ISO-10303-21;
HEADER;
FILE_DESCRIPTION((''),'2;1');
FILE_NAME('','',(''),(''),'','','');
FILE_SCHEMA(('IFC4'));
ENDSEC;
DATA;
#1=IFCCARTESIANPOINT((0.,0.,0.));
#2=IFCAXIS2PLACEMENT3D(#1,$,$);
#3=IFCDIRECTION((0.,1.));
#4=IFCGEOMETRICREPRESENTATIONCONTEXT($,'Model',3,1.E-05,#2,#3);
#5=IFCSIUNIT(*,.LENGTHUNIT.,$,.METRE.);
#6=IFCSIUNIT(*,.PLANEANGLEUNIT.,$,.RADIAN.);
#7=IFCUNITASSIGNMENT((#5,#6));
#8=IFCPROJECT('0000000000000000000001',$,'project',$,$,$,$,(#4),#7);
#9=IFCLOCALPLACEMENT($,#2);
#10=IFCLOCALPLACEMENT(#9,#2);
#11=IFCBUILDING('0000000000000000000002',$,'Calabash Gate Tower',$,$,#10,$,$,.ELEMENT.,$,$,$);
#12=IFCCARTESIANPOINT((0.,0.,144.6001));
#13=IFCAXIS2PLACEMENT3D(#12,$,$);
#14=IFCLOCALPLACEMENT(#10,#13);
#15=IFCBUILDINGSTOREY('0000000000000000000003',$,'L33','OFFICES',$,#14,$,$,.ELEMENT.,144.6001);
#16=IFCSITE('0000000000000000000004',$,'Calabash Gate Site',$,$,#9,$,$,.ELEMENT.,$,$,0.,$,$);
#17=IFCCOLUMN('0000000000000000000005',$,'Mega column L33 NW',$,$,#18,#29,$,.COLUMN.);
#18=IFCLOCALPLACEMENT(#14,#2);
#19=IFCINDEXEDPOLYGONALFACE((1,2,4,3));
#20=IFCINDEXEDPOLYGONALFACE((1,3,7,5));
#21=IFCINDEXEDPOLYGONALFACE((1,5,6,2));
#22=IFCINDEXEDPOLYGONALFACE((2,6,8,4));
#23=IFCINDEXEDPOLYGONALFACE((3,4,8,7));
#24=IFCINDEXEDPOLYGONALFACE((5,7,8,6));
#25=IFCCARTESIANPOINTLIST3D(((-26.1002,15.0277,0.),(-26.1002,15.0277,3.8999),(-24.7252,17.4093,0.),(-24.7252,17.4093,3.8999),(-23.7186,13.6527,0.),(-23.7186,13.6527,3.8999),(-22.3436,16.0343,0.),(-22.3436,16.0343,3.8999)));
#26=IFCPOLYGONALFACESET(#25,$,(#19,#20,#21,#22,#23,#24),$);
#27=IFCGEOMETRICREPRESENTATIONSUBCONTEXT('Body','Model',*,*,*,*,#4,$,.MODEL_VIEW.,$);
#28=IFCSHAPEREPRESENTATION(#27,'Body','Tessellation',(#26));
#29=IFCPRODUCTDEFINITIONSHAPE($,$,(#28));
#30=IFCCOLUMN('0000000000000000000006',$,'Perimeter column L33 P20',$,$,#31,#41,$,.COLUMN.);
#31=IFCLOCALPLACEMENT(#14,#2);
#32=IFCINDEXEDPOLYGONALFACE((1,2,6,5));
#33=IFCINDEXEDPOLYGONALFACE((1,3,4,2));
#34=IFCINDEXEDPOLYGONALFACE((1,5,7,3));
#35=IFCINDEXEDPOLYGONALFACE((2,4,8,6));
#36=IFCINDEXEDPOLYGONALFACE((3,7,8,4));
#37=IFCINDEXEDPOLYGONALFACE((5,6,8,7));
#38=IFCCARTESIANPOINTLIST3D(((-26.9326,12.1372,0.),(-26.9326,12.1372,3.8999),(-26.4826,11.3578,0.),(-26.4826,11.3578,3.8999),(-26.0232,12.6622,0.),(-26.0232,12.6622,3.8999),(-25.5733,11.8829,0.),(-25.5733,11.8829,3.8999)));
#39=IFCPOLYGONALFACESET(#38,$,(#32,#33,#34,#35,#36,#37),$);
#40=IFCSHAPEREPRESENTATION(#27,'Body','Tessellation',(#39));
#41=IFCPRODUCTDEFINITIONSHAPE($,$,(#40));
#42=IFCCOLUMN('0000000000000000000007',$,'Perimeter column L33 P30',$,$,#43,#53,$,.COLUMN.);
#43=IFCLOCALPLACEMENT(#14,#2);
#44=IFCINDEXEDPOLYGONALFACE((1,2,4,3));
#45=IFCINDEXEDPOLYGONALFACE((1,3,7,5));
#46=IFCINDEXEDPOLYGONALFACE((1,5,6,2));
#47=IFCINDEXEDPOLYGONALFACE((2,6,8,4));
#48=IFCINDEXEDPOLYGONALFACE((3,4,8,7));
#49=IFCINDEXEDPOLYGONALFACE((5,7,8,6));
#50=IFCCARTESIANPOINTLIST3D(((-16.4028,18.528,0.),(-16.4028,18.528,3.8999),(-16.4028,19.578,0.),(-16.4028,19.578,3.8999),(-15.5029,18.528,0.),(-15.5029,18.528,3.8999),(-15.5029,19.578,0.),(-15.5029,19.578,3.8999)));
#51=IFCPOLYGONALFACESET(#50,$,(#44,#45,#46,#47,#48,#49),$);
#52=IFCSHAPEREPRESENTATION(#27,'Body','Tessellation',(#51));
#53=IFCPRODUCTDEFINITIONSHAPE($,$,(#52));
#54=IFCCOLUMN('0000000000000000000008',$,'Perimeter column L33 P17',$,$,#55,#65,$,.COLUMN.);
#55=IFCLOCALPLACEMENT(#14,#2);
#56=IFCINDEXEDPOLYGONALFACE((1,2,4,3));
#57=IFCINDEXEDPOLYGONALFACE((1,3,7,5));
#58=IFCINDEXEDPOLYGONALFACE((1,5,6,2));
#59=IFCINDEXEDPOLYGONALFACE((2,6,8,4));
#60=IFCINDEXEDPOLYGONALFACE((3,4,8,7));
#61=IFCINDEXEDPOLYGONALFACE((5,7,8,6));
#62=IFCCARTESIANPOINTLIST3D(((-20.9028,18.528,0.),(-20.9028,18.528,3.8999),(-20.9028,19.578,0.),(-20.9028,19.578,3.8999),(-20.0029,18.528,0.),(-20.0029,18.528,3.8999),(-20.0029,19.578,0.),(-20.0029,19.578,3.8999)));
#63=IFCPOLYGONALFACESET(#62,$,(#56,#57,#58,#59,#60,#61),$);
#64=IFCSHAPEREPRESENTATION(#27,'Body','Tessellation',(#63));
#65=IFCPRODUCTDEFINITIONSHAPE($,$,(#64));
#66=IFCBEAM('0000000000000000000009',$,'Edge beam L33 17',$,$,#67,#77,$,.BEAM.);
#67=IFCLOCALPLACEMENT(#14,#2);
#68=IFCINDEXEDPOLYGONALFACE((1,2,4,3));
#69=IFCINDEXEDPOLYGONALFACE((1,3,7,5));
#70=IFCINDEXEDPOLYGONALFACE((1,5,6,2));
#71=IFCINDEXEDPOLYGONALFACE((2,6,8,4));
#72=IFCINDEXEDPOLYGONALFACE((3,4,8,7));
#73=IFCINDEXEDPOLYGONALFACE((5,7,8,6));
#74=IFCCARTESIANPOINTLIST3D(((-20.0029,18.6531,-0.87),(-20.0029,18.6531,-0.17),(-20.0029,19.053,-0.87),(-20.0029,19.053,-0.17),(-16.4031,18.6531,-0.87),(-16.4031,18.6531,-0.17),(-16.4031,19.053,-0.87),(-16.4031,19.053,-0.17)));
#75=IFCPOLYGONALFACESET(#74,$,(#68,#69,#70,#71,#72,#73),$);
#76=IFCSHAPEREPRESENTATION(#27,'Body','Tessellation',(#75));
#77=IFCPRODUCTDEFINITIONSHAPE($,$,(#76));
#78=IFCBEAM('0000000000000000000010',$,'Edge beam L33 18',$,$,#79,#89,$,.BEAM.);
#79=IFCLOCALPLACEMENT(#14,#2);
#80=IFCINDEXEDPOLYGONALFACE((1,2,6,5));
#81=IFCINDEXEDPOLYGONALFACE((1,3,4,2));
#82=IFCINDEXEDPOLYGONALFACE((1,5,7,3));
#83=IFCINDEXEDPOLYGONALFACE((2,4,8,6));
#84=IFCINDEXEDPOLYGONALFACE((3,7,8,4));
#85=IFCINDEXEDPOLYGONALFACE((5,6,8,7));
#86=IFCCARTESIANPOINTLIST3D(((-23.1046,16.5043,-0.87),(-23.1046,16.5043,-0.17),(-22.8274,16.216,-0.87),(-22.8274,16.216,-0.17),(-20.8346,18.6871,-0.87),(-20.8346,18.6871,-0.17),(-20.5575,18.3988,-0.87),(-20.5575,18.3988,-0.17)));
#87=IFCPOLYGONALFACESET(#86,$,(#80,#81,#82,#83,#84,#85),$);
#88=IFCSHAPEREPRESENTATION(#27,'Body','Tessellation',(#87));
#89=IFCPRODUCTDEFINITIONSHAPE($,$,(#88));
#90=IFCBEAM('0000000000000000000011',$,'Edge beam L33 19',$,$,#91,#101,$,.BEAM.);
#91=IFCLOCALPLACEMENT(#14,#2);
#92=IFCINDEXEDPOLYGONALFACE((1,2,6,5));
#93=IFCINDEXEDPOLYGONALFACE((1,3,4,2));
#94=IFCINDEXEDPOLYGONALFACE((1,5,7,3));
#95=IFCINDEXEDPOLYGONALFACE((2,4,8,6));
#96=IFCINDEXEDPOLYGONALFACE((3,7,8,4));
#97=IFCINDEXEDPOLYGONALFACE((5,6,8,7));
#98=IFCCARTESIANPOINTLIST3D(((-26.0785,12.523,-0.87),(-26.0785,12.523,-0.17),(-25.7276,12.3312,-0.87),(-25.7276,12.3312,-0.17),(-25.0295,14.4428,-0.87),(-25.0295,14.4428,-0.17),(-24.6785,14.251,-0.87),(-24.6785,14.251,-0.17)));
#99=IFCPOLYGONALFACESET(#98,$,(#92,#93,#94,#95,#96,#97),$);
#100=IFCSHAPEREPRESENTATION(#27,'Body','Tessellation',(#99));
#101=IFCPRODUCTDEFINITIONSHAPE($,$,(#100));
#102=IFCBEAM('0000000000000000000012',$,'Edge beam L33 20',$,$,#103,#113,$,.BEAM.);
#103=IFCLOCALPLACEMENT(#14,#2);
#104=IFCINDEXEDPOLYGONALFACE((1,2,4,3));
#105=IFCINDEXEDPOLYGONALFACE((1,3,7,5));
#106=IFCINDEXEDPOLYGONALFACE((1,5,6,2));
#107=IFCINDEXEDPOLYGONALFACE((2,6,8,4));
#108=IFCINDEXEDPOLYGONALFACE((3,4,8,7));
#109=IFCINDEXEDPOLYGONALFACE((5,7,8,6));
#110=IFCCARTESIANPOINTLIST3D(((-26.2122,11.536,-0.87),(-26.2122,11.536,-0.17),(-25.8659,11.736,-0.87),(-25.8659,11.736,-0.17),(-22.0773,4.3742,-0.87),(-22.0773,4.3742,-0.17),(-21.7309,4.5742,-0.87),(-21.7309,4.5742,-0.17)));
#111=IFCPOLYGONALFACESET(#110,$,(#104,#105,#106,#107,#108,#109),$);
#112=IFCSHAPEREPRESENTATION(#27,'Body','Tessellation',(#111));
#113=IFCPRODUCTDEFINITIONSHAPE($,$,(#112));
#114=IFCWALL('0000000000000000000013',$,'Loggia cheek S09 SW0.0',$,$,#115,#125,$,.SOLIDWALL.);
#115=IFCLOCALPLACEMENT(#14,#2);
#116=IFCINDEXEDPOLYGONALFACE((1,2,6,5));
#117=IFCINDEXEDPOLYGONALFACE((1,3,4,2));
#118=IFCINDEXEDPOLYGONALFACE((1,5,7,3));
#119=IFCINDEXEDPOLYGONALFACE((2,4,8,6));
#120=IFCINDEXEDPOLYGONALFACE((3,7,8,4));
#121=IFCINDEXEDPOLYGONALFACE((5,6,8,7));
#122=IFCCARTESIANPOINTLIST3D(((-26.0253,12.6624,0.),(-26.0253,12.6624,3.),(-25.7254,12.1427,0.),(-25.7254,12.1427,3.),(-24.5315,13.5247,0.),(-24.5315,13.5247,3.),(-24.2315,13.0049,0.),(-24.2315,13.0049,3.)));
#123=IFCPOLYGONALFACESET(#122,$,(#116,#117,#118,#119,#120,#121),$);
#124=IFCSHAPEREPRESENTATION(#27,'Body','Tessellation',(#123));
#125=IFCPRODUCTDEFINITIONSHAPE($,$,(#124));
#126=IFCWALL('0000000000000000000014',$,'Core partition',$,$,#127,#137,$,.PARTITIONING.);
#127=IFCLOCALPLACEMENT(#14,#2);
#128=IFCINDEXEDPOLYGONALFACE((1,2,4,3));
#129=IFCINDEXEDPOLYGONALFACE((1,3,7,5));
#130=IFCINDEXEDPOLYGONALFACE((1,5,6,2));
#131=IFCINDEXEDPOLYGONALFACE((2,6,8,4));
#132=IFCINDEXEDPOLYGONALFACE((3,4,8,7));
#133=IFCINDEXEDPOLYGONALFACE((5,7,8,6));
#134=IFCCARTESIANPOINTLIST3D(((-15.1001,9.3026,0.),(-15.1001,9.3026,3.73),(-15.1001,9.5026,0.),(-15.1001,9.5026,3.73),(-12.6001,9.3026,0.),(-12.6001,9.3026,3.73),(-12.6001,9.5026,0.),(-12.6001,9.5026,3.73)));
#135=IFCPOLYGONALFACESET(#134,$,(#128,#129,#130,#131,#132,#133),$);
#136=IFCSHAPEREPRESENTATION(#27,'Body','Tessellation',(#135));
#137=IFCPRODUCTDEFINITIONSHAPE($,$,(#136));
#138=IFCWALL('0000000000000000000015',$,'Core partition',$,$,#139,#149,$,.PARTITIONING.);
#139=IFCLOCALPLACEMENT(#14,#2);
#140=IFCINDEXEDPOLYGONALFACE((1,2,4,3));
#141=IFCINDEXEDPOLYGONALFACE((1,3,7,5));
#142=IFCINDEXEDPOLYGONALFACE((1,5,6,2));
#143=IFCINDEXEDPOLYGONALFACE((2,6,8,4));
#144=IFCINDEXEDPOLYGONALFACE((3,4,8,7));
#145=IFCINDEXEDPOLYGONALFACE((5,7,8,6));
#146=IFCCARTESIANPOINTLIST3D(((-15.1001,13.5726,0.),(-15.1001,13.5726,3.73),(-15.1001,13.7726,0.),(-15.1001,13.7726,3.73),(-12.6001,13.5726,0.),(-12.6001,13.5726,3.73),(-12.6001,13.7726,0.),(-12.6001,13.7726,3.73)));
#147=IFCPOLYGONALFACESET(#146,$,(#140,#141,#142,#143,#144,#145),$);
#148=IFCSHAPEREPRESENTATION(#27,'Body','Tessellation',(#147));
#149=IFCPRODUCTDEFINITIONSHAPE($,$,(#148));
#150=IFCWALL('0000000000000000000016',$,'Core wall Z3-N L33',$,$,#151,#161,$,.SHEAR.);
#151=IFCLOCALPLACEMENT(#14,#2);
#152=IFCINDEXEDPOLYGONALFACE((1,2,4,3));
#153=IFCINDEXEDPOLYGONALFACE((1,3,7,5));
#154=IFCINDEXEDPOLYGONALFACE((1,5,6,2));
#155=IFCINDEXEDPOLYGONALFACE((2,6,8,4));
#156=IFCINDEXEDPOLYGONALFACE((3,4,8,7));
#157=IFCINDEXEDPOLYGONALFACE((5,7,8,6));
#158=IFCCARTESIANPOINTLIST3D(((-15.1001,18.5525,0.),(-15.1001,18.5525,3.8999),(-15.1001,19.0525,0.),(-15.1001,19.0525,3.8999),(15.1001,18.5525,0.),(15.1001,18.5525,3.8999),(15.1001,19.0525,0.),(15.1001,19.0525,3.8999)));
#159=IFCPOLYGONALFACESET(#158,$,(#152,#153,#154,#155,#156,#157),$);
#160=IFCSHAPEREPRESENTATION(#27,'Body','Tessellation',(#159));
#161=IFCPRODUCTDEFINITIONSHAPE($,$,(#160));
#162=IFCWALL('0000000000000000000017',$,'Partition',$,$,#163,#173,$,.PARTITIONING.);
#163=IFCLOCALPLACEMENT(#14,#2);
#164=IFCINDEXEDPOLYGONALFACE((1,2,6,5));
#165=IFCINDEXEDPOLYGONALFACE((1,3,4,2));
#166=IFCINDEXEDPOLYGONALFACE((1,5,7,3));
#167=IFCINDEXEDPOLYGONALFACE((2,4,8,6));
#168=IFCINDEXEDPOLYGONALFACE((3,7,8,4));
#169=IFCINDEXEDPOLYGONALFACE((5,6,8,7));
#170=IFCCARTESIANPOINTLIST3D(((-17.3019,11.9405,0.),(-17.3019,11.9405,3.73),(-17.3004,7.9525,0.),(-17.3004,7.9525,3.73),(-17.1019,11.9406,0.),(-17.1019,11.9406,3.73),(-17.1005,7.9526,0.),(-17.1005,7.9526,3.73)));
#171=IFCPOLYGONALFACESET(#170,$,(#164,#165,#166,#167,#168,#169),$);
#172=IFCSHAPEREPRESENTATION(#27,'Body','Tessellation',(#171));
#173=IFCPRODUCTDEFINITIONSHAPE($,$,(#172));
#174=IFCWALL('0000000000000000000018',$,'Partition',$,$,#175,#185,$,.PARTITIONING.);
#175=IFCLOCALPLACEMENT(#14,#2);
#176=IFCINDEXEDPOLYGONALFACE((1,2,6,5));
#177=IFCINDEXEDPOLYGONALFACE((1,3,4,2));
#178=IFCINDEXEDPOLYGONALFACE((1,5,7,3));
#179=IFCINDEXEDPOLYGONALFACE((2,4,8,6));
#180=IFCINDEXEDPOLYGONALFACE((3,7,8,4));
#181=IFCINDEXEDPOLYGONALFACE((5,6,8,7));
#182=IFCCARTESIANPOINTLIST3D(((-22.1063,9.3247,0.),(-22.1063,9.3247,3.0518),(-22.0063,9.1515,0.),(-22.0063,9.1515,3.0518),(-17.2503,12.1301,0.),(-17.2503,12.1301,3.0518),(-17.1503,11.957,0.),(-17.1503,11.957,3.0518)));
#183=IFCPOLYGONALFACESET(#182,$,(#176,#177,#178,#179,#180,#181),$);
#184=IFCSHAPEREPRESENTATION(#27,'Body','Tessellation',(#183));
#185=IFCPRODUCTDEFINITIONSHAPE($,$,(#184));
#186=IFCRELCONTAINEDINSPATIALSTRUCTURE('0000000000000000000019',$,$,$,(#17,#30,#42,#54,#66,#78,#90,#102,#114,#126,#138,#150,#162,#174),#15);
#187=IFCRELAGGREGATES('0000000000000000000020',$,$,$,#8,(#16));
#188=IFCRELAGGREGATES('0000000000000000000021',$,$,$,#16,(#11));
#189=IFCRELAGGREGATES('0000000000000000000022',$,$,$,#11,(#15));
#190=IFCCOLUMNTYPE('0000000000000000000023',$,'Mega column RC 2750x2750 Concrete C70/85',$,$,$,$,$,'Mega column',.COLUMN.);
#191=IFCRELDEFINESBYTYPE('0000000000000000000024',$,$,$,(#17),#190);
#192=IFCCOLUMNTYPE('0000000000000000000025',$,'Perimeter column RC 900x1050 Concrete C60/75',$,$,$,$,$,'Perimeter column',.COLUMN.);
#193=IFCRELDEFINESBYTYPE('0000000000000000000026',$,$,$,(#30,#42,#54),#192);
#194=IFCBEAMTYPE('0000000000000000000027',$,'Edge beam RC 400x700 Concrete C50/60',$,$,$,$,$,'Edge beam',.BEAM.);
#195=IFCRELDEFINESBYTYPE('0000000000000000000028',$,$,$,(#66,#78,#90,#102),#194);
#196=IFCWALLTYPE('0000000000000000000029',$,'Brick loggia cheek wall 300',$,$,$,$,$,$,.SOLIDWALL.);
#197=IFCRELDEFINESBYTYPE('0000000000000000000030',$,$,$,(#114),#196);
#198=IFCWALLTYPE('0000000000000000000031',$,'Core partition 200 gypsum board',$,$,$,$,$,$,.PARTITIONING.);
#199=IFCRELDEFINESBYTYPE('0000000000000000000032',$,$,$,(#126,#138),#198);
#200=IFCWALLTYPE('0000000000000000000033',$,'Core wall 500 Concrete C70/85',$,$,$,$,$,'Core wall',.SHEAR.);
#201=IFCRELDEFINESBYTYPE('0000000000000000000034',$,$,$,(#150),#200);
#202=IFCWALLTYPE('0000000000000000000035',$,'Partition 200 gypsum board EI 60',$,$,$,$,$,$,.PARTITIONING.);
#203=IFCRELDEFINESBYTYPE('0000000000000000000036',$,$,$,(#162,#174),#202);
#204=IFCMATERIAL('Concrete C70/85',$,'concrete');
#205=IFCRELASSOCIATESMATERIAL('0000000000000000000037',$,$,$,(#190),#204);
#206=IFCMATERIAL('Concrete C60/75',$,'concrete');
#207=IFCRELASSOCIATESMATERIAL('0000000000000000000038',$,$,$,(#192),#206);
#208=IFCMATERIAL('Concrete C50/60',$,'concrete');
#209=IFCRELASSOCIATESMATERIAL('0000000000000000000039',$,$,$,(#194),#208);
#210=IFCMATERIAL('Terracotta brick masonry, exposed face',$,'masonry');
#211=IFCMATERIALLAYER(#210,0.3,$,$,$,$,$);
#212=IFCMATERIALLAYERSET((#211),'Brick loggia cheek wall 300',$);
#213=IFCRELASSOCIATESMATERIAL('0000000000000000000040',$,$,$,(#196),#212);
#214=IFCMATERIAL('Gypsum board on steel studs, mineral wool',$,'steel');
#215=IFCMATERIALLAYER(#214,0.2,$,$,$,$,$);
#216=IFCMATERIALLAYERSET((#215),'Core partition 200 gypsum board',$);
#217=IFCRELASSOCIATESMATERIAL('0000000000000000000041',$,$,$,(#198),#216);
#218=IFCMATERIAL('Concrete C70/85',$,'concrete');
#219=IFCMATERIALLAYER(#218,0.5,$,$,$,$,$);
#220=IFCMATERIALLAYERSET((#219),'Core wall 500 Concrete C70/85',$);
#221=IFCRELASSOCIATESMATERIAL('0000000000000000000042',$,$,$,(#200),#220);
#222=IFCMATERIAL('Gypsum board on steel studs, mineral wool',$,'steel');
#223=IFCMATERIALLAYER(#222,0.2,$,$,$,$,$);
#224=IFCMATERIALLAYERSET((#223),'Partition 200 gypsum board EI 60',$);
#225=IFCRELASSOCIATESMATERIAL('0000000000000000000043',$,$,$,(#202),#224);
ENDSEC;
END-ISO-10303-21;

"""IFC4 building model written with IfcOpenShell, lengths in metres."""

from ifc_helpers import new_model, si_unit, direction, frame, frame_2d, origin, origin_2d, place, context, subcontext, project, spatial, rectangle, extrude, material, layer, layer_set, material_profile, profile_set, type_object, element, save


model = new_model("IFC4")

# Units and contexts
model_context = context("Model", 3, precision=1e-05, world=origin(), true_north=direction((0.0, 1.0)))
body_context = subcontext(model_context, "Body", "Model", "MODEL_VIEW")
ifc_project = project(units=[si_unit("LENGTHUNIT", "METRE"), si_unit("PLANEANGLEUNIT", "RADIAN")], contexts=[model_context])

# Site, building, storey
site_placement = place(None, origin())
site = spatial("IfcSite", under=ifc_project, at=site_placement, Name="Calabash Gate Site", CompositionType="ELEMENT", RefElevation=0.0)
building_placement = place(site_placement, origin())
building = spatial("IfcBuilding", under=site, at=building_placement, Name="Calabash Gate Tower", CompositionType="ELEMENT")
storey_placement = place(building_placement, frame((0.0, 0.0, 144.6001)))
storey = spatial("IfcBuildingStorey", under=building, at=storey_placement, Name="L33", Description="OFFICES", CompositionType="ELEMENT", Elevation=144.6001)

# Columns
ifc_material_1 = material(Name="Concrete C70/85", Category="concrete")
ifc_material_profile_1 = material_profile(ifc_material_1, rectangle(XDim=2.75, YDim=2.75, at=origin_2d()))
ifc_profile_set_1 = profile_set([ifc_material_profile_1], Name="Concrete C70/85")
column_type_1 = type_object("IfcColumnType", Name="Mega column RC 2750x2750 Concrete C70/85", ElementType="Mega column", PredefinedType="COLUMN", material=ifc_profile_set_1)
column_placement = place(storey_placement, frame((-24.2219, 15.531, 0.0), z_axis=(0.0, 0.0, 1.0), x_axis=(0.866025, -0.5, 0.0)))
element("IfcColumn", 1, at=column_placement, inside=storey, type_object=column_type_1, Name="Mega column L33 NW", PredefinedType="COLUMN", context=body_context, shape_type="SweptSolid", body=[
    extrude(rectangle(XDim=2.75, YDim=2.75, at=origin_2d()), origin(), (0.0, 0.0, 1.0), 3.8999),
])
ifc_material_2 = material(Name="Concrete C60/75", Category="concrete")
ifc_material_profile_2 = material_profile(ifc_material_2, rectangle(XDim=0.8999, YDim=1.05, at=origin_2d()))
ifc_profile_set_2 = profile_set([ifc_material_profile_2], Name="Concrete C60/75")
column_type_2 = type_object("IfcColumnType", Name="Perimeter column RC 900x1050 Concrete C60/75", ElementType="Perimeter column", PredefinedType="COLUMN", material=ifc_profile_set_2)
for number, where, z_axis, x_axis, name in (
    (2, (-26.2529, 12.01, 0.0), (0.0, 0.0, 1.0), (0.5, -0.866025, 0.0), "Perimeter column L33 P20"),
    (3, (-15.9529, 19.053, 0.0), (0.0, 0.0, 1.0), (-1.0, 0.0, 0.0), "Perimeter column L33 P30"),
    (4, (-20.4529, 19.053, 0.0), (0.0, 0.0, 1.0), (-1.0, 0.0, 0.0), "Perimeter column L33 P17"),
):
    element("IfcColumn", number, at=place(storey_placement, frame(where, z_axis=z_axis, x_axis=x_axis)), inside=storey, type_object=column_type_2, Name=name, PredefinedType="COLUMN", context=body_context, shape_type="SweptSolid", body=[
        extrude(rectangle(XDim=0.8999, YDim=1.05, at=origin_2d()), origin(), (0.0, 0.0, 1.0), 3.8999),
    ])

# Beams
ifc_material_3 = material(Name="Concrete C50/60", Category="concrete")
ifc_material_profile_3 = material_profile(ifc_material_3, rectangle(XDim=0.3999, YDim=0.7, at=origin_2d()))
ifc_profile_set_3 = profile_set([ifc_material_profile_3], Name="Concrete C50/60")
beam_type = type_object("IfcBeamType", Name="Edge beam RC 400x700 Concrete C50/60", ElementType="Edge beam", PredefinedType="BEAM", material=ifc_profile_set_3)
beam_1_placement = place(storey_placement, frame((-16.4031, 18.853, -0.52), z_axis=(-1.0, 0.0, 0.0), x_axis=(0.0, -1.0, 0.0)))
element("IfcBeam", 5, at=beam_1_placement, inside=storey, type_object=beam_type, Name="Edge beam L33 17", PredefinedType="BEAM", context=body_context, shape_type="SweptSolid", body=[
    extrude(rectangle(XDim=0.3999, YDim=0.7, at=origin_2d()), origin(), (0.0, 0.0, 1.0), 3.5999),
])
beam_2_placement = place(storey_placement, frame((-20.696, 18.543, -0.52), z_axis=(-0.720809, -0.693134, 0.0), x_axis=(0.693134, -0.720809, 0.0)))
element("IfcBeam", 6, at=beam_2_placement, inside=storey, type_object=beam_type, Name="Edge beam L33 18", PredefinedType="BEAM", context=body_context, shape_type="SweptSolid", body=[
    extrude(rectangle(XDim=0.3999, YDim=0.7, at=origin_2d()), origin(), (0.0, 0.0, 1.0), 3.1492),
])
beam_3_placement = place(storey_placement, frame((-24.854, 14.3469, -0.52), z_axis=(-0.479501, -0.877541, 0.0), x_axis=(0.877541, -0.479501, 0.0)))
element("IfcBeam", 7, at=beam_3_placement, inside=storey, type_object=beam_type, Name="Edge beam L33 19", PredefinedType="BEAM", context=body_context, shape_type="SweptSolid", body=[
    extrude(rectangle(XDim=0.3999, YDim=0.7, at=origin_2d()), origin(), (0.0, 0.0, 1.0), 2.1877),
])
beam_4_placement = place(storey_placement, frame((-26.0391, 11.636, -0.52), z_axis=(0.50001, -0.86602, 0.0), x_axis=(0.86602, 0.50001, 0.0)))
element("IfcBeam", 8, at=beam_4_placement, inside=storey, type_object=beam_type, Name="Edge beam L33 20", PredefinedType="BEAM", context=body_context, shape_type="SweptSolid", body=[
    extrude(rectangle(XDim=0.3999, YDim=0.7, at=origin_2d()), origin(), (0.0, 0.0, 1.0), 8.2698),
])

# Walls
ifc_material_4 = material(Name="Terracotta brick masonry, exposed face", Category="masonry")
ifc_layer_1 = layer(ifc_material_4, 0.3)
ifc_layer_set_1 = layer_set([ifc_layer_1], Name="Brick loggia cheek wall 300")
wall_type_1 = type_object("IfcWallType", Name="Brick loggia cheek wall 300", PredefinedType="SOLIDWALL", material=ifc_layer_set_1)
wall_1_placement = place(storey_placement, frame((-25.8752, 12.4026, 0.0), z_axis=(0.0, 0.0, 1.0), x_axis=(0.866075, 0.499914, 0.0)))
element("IfcWall", 9, at=wall_1_placement, inside=storey, type_object=wall_type_1, Name="Loggia cheek S09 SW0.0", PredefinedType="SOLIDWALL", context=body_context, shape_type="SweptSolid", body=[
    extrude(rectangle(XDim=1.7249, YDim=0.6001, at=frame_2d((0.8623, 0.0))), origin(), (0.0, 0.0, 1.0), 3.0),
])
ifc_material_5 = material(Name="Gypsum board on steel studs, mineral wool", Category="steel")
ifc_layer_2 = layer(ifc_material_5, 0.2)
ifc_layer_set_2 = layer_set([ifc_layer_2], Name="Core partition 200 gypsum board")
wall_type_2 = type_object("IfcWallType", Name="Core partition 200 gypsum board", PredefinedType="PARTITIONING", material=ifc_layer_set_2)
for number, where, z_axis, x_axis, name in (
    (10, (-15.1001, 9.4026, 0.0), (0.0, 0.0, 1.0), (1.0, 0.0, 0.0), "Core partition"),
    (11, (-15.1001, 13.6726, 0.0), (0.0, 0.0, 1.0), (1.0, 0.0, 0.0), "Core partition"),
):
    element("IfcWall", number, at=place(storey_placement, frame(where, z_axis=z_axis, x_axis=x_axis)), inside=storey, type_object=wall_type_2, Name=name, PredefinedType="PARTITIONING", context=body_context, shape_type="SweptSolid", body=[
        extrude(rectangle(XDim=2.5, YDim=0.2, at=frame_2d((1.25, 0.0))), origin(), (0.0, 0.0, 1.0), 3.73),
    ])
ifc_material_6 = material(Name="Concrete C70/85", Category="concrete")
ifc_layer_3 = layer(ifc_material_6, 0.5)
ifc_layer_set_3 = layer_set([ifc_layer_3], Name="Core wall 500 Concrete C70/85")
wall_type_3 = type_object("IfcWallType", Name="Core wall 500 Concrete C70/85", ElementType="Core wall", PredefinedType="SHEAR", material=ifc_layer_set_3)
wall_2_placement = place(storey_placement, frame((-15.1001, 18.8025, 0.0), z_axis=(0.0, 0.0, 1.0), x_axis=(1.0, 0.0, 0.0)))
element("IfcWall", 12, at=wall_2_placement, inside=storey, type_object=wall_type_3, Name="Core wall Z3-N L33", PredefinedType="SHEAR", context=body_context, shape_type="SweptSolid", body=[
    extrude(rectangle(XDim=30.2002, YDim=0.5, at=frame_2d((15.1001, 0.0))), origin(), (0.0, 0.0, 1.0), 3.8999),
])
ifc_material_7 = material(Name="Gypsum board on steel studs, mineral wool", Category="steel")
ifc_layer_4 = layer(ifc_material_7, 0.2)
ifc_layer_set_4 = layer_set([ifc_layer_4], Name="Partition 200 gypsum board EI 60")
wall_type_4 = type_object("IfcWallType", Name="Partition 200 gypsum board EI 60", PredefinedType="PARTITIONING", material=ifc_layer_set_4)
wall_3_placement = place(storey_placement, frame((-17.2019, 11.9407, 0.0), z_axis=(0.0, 0.0, 1.0), x_axis=(0.000367, -1.0, 0.0)))
element("IfcWall", 13, at=wall_3_placement, inside=storey, type_object=wall_type_4, Name="Partition", PredefinedType="PARTITIONING", context=body_context, shape_type="SweptSolid", body=[
    extrude(rectangle(XDim=3.988, YDim=0.2, at=frame_2d((1.9941, 0.0))), origin(), (0.0, 0.0, 1.0), 3.73),
])
wall_4_placement = place(storey_placement, frame((-22.0564, 9.238, 0.0), z_axis=(0.0, 0.0, 1.0), x_axis=(0.865884, 0.500245, 0.0)))
element("IfcWall", 14, at=wall_4_placement, inside=storey, type_object=wall_type_4, Name="Partition", PredefinedType="PARTITIONING", context=body_context, shape_type="SweptSolid", body=[
    extrude(rectangle(XDim=5.6082, YDim=0.2, at=frame_2d((2.8042, 0.0))), origin(), (0.0, 0.0, 1.0), 3.0518),
])

save(model, "model.ifc")
